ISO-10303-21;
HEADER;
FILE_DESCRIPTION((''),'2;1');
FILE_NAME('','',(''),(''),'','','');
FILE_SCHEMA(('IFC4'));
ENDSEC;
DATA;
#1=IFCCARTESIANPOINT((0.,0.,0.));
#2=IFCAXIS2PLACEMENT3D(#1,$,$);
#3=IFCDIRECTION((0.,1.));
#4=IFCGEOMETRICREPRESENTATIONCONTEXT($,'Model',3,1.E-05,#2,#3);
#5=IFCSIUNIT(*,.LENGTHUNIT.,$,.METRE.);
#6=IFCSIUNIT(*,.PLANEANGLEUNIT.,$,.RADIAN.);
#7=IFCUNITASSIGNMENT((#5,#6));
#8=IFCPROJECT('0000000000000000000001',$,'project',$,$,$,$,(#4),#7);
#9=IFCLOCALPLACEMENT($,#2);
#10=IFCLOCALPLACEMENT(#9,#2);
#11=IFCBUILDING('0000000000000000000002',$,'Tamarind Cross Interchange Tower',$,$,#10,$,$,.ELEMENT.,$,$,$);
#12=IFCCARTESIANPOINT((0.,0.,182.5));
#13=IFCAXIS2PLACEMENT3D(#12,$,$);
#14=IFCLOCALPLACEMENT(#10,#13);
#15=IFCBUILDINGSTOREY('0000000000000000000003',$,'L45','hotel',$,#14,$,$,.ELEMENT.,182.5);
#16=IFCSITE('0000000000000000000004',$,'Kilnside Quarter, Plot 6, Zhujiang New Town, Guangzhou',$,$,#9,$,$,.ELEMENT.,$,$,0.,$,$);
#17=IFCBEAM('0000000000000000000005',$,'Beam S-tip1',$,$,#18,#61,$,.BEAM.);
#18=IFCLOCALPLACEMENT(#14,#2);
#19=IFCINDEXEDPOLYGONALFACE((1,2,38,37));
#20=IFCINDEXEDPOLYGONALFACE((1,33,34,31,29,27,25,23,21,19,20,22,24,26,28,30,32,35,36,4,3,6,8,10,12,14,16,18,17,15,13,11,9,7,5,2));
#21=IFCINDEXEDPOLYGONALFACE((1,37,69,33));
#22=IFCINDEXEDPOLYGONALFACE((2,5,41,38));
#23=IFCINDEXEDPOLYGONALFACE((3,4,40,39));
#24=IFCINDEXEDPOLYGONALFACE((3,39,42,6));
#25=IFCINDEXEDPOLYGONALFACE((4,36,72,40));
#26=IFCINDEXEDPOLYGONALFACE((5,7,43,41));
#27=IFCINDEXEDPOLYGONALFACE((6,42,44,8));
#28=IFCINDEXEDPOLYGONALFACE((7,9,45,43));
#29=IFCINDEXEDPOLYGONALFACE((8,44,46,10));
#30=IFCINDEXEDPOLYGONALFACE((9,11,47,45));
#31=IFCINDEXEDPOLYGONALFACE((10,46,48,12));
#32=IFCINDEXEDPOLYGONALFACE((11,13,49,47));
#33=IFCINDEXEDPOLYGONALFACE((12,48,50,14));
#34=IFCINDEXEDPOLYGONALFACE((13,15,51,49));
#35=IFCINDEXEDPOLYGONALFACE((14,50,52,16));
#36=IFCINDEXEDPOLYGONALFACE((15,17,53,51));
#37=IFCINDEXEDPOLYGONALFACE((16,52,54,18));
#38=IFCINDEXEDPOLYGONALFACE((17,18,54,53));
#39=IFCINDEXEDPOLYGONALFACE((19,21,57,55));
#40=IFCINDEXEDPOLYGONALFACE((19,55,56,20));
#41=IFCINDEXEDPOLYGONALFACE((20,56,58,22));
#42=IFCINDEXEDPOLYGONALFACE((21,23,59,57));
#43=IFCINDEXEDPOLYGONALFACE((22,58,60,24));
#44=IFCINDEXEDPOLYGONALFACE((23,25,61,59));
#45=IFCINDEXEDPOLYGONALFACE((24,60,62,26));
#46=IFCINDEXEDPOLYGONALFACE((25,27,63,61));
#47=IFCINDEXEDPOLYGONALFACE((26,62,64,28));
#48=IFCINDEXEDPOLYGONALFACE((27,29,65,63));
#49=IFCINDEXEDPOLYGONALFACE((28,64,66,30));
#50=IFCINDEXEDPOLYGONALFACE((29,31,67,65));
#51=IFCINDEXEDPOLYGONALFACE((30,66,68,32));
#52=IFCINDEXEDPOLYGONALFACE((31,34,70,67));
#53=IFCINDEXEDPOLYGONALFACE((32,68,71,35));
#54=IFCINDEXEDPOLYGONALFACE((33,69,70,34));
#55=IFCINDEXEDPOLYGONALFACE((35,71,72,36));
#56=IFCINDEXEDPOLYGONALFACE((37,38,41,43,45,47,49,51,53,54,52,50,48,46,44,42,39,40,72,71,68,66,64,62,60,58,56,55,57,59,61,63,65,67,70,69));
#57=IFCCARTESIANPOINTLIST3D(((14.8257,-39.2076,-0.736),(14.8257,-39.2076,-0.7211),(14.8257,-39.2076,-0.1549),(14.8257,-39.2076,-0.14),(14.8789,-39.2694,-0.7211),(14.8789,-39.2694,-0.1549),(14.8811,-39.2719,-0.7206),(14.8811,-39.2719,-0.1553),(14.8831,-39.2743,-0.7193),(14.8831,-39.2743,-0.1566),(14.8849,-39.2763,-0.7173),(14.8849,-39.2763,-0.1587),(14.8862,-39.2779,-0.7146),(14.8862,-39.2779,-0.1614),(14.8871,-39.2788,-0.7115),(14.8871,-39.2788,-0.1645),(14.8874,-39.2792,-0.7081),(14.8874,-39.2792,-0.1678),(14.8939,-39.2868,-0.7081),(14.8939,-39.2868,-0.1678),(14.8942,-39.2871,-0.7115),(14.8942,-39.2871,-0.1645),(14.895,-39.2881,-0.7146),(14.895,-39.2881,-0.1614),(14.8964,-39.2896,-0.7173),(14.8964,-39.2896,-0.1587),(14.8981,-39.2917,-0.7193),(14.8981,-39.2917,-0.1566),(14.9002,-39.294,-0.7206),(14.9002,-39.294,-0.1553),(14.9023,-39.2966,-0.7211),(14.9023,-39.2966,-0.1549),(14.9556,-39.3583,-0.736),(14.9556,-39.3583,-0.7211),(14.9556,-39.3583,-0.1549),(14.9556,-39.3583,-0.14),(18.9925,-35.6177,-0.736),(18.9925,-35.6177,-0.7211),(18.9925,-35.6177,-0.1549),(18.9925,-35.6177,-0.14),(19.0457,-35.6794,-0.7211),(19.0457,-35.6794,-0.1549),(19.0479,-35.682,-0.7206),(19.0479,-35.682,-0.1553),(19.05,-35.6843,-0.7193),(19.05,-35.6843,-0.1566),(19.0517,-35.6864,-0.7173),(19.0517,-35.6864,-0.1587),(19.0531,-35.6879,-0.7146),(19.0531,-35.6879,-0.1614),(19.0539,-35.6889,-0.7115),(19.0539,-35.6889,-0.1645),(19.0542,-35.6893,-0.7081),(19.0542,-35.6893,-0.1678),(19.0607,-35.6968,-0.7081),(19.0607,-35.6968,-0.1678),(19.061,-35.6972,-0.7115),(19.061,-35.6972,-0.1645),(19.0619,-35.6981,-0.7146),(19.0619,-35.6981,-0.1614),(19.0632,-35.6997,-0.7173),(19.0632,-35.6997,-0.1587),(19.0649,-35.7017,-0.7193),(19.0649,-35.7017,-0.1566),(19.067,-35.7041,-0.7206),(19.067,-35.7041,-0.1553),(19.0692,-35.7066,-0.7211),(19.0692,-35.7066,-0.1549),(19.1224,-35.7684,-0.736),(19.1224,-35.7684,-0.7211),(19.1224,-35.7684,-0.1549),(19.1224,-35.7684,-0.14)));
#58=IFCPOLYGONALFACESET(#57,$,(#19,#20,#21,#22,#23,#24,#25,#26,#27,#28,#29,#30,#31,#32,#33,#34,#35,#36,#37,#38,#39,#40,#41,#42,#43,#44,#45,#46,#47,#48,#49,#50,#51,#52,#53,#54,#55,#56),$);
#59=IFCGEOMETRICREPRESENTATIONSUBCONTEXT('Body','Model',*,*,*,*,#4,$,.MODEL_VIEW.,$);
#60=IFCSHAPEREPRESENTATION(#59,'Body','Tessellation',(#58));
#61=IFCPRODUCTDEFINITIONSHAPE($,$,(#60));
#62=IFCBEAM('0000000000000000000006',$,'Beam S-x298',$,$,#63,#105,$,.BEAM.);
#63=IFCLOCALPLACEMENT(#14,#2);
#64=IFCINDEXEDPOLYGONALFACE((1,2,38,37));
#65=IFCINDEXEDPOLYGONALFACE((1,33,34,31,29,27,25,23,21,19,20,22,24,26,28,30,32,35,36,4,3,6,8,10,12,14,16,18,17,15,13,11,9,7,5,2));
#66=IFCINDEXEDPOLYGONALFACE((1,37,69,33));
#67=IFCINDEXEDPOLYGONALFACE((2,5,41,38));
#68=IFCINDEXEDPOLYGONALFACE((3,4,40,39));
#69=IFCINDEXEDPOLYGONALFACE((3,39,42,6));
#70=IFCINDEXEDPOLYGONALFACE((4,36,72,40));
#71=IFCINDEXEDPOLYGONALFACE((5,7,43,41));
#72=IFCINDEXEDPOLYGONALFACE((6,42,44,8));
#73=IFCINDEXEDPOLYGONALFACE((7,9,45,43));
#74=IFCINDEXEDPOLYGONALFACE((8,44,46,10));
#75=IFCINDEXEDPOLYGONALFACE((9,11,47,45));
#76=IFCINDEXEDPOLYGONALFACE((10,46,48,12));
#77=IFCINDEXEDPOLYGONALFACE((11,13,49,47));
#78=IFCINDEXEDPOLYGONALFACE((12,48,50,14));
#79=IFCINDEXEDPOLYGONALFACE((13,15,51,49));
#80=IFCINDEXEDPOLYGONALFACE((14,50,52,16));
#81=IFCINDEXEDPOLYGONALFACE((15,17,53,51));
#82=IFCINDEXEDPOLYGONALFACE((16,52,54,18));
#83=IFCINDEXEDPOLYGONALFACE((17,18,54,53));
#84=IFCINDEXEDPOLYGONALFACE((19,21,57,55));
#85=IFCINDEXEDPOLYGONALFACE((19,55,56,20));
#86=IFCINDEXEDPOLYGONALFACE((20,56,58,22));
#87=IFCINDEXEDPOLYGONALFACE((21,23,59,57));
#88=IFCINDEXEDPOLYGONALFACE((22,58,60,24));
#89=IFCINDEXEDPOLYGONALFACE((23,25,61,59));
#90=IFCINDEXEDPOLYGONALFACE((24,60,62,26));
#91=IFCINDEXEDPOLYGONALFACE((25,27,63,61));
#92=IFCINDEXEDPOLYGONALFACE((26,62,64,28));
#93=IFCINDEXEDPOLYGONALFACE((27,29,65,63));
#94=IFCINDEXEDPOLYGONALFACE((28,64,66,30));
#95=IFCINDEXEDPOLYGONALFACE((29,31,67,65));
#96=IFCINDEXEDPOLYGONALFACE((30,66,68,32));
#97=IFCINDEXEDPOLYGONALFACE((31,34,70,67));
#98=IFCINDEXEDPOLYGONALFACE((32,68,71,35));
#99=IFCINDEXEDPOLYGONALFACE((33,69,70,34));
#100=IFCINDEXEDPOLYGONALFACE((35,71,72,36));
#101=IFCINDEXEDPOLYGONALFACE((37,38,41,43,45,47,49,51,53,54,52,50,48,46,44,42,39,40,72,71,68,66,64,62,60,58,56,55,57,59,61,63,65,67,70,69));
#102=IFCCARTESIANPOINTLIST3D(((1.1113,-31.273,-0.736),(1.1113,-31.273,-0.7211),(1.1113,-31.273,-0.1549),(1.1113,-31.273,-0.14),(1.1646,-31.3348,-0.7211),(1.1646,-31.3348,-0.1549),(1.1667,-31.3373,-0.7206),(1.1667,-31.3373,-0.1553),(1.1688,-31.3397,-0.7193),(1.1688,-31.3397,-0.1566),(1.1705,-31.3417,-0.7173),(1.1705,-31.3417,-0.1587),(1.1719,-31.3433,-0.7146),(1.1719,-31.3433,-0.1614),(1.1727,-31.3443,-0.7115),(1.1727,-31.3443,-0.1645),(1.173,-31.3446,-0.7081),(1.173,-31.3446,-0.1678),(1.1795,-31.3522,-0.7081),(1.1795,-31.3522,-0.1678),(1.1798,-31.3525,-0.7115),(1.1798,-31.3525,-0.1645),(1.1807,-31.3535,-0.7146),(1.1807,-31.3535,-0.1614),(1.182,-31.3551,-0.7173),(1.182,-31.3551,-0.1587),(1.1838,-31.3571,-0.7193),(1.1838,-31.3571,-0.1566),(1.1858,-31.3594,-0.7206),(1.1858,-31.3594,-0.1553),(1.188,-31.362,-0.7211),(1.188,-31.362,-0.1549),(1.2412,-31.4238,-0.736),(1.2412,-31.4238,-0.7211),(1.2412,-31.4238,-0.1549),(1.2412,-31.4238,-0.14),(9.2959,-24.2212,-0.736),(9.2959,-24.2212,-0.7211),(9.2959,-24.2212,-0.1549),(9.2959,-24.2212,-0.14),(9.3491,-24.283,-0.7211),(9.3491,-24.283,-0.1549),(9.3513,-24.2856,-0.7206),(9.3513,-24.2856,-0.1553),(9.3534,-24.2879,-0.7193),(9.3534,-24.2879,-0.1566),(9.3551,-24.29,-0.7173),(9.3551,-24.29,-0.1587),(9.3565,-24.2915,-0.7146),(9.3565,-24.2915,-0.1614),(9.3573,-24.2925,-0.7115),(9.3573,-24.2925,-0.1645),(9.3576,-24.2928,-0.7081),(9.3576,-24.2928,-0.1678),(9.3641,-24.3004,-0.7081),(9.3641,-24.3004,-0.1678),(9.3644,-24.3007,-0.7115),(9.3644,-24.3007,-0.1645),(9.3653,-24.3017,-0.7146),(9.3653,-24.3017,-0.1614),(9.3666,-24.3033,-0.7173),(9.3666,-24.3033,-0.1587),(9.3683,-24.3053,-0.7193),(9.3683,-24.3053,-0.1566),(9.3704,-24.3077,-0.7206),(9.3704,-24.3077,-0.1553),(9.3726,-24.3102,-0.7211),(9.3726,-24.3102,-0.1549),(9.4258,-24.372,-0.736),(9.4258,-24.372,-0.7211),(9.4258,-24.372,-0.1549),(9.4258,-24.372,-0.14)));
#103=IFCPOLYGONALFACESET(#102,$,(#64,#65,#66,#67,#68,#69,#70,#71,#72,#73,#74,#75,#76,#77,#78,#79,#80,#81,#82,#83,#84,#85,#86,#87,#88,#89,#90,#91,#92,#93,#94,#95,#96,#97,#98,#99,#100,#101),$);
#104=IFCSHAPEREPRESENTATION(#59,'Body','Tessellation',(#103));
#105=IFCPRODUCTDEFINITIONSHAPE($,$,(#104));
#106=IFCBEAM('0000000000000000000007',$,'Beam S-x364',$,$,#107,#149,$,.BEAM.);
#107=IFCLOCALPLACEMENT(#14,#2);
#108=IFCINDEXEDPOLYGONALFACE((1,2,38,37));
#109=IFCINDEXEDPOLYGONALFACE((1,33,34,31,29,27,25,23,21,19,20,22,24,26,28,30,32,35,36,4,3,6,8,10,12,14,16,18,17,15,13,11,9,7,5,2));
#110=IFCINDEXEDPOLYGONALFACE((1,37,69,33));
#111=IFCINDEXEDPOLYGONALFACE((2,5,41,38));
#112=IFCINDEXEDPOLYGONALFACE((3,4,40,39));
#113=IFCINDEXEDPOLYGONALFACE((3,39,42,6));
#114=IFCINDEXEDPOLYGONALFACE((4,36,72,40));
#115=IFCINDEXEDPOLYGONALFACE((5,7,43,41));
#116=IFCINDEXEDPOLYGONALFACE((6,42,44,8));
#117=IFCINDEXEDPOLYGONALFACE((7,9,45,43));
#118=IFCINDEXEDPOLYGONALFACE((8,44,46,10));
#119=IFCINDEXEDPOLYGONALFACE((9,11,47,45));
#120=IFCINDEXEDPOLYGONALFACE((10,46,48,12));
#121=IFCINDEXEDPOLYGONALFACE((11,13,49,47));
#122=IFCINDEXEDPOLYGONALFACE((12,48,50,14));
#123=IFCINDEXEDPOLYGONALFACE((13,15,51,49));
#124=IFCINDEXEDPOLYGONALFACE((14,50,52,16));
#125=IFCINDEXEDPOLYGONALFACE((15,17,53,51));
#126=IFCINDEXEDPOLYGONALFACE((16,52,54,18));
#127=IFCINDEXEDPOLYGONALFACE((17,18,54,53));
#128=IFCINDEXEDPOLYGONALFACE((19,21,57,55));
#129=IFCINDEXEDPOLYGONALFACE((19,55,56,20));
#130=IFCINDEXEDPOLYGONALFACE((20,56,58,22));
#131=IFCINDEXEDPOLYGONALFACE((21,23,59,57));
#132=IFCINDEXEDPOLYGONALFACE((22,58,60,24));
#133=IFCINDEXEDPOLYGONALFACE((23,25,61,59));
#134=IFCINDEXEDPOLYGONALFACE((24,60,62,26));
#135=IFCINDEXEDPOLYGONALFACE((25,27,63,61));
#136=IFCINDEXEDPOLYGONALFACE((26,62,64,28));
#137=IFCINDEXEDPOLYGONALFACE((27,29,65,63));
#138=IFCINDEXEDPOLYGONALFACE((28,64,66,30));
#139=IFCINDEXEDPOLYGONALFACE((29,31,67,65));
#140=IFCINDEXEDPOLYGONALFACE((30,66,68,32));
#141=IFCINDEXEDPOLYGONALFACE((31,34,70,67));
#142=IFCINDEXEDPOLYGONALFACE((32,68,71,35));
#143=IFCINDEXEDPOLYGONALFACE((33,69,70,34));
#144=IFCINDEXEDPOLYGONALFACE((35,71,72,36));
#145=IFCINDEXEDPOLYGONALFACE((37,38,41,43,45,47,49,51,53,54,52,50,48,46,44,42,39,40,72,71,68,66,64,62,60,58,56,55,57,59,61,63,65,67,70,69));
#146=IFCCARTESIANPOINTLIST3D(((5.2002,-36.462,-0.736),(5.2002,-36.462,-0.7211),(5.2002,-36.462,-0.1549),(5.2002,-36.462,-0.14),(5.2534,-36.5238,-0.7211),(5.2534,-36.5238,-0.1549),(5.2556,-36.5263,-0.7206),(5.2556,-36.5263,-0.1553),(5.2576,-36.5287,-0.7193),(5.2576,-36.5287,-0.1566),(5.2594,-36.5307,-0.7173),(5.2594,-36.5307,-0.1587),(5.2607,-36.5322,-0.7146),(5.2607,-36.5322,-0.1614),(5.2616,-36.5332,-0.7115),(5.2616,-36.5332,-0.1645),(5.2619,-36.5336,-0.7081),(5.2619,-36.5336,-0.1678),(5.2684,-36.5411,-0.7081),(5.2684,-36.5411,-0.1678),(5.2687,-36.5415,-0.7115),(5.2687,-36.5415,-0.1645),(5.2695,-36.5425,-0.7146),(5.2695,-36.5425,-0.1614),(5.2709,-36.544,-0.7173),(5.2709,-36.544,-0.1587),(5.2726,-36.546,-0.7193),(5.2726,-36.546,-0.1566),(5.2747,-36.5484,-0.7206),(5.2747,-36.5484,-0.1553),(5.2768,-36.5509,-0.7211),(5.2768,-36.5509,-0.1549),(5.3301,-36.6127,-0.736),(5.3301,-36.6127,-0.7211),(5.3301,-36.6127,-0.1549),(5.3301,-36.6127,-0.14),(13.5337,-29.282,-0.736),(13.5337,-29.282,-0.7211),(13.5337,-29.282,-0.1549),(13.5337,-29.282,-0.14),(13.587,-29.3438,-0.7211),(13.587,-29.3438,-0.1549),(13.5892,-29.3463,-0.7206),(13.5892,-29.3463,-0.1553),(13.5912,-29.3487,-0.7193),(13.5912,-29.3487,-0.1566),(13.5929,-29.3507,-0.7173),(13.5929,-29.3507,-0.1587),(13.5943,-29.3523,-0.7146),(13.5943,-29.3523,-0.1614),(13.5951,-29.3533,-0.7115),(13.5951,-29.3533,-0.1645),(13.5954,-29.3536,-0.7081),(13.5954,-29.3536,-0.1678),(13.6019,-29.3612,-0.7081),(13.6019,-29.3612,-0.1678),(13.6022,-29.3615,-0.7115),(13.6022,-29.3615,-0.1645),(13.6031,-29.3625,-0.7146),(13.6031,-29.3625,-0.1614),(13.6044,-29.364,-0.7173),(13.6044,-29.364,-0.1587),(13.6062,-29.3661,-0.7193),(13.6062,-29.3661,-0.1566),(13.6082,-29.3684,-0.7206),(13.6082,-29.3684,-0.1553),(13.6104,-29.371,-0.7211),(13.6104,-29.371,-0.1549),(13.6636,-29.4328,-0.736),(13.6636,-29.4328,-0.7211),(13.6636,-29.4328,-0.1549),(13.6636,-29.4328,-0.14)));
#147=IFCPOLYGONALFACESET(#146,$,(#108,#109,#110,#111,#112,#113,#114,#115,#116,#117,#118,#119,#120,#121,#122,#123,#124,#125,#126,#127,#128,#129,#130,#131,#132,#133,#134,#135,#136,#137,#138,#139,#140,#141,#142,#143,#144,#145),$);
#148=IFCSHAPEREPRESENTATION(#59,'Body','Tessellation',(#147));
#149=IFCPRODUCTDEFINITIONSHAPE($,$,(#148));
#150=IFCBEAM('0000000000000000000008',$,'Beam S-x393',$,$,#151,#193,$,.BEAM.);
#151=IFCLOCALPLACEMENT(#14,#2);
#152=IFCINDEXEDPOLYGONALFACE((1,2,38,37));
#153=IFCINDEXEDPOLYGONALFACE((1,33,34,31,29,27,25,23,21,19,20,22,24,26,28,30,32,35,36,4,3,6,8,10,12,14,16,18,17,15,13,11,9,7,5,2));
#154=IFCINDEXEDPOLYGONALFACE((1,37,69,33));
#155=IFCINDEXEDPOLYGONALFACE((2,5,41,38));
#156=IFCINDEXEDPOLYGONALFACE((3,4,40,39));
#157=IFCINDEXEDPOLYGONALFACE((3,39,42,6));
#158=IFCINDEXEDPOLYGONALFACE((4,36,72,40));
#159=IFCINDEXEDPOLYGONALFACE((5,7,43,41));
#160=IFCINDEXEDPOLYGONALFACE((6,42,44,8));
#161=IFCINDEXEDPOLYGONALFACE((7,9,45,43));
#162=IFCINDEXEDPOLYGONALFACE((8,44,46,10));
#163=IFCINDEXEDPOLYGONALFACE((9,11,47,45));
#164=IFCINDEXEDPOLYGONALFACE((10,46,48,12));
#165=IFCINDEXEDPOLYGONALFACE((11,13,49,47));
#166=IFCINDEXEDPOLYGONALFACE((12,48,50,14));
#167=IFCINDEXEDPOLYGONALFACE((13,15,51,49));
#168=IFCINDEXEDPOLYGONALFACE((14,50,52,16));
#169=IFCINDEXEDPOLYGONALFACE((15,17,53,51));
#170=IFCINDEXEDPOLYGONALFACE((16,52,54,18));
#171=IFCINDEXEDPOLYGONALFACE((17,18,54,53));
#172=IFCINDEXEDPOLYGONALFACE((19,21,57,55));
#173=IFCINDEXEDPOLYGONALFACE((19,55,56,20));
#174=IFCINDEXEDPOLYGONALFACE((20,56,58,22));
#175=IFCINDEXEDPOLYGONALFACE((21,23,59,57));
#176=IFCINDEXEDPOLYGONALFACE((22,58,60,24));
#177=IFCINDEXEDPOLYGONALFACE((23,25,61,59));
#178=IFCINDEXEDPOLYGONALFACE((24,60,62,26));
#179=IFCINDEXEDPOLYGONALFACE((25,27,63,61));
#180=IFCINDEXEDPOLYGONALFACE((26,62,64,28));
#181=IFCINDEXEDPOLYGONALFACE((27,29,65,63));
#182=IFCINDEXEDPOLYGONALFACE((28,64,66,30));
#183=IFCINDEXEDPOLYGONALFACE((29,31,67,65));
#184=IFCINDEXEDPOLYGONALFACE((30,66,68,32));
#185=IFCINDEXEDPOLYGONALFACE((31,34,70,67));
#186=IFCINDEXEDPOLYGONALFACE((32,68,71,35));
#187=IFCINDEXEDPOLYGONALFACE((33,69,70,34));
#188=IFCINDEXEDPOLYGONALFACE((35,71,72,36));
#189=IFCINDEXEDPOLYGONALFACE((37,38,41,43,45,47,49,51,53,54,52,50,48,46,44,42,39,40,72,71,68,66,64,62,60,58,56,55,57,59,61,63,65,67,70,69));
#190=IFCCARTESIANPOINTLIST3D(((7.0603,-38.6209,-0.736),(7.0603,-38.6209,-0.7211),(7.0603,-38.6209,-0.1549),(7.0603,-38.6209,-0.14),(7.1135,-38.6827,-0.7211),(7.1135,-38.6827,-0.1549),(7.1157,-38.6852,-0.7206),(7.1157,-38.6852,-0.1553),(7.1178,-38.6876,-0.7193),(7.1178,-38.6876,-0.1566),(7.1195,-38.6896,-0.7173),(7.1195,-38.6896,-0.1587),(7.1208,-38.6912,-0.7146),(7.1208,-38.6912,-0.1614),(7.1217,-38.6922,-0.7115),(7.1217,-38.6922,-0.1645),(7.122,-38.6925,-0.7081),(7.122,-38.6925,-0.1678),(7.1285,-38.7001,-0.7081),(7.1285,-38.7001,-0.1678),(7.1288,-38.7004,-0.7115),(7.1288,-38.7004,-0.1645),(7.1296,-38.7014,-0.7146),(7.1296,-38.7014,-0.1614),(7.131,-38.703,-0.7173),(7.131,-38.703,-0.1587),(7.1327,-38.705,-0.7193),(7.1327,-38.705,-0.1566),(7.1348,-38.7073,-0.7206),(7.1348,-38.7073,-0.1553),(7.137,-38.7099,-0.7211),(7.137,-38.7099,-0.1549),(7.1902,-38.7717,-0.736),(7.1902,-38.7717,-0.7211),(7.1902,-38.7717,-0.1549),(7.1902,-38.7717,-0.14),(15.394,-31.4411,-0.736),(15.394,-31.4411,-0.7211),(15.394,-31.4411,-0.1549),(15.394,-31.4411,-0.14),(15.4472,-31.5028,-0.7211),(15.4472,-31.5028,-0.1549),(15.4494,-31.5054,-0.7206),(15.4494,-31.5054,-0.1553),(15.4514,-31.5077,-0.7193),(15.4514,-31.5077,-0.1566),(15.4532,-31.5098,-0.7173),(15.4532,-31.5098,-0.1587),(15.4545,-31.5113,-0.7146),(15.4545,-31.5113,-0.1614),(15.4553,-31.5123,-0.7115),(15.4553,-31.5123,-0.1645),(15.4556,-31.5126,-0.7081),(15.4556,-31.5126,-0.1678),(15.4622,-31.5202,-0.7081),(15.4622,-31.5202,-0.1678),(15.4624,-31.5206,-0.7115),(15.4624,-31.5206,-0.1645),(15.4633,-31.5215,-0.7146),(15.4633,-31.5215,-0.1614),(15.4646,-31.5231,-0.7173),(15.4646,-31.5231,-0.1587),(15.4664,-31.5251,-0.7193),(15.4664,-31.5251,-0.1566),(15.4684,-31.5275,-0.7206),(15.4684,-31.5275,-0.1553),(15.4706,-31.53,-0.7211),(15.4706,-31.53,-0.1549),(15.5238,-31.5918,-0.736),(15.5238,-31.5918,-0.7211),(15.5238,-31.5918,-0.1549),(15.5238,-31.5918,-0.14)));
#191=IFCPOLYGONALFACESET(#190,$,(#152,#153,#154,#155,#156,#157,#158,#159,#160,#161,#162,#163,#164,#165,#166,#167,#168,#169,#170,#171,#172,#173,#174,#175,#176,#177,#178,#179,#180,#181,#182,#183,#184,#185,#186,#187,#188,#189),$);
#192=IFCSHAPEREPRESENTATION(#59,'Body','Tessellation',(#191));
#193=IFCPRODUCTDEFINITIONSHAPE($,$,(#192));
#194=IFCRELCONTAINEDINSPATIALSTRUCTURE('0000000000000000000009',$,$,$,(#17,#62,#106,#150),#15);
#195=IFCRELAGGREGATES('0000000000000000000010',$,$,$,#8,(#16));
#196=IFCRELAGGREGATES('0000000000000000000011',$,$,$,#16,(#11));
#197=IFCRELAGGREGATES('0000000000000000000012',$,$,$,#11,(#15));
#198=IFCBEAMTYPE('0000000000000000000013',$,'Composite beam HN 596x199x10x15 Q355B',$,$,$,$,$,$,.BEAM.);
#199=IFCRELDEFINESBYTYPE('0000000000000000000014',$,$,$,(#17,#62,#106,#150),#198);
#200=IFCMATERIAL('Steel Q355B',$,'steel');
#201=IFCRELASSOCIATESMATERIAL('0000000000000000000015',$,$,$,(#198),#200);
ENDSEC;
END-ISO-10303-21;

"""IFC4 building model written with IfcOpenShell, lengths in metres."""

from ifc_helpers import new_model, si_unit, direction, frame, origin, origin_2d, place, context, subcontext, project, spatial, i_section, extrude, material, material_profile, profile_set, type_object, element, save


model = new_model("IFC4")

# Units and contexts
model_context = context("Model", 3, precision=1e-05, world=origin(), true_north=direction((0.0, 1.0)))
body_context = subcontext(model_context, "Body", "Model", "MODEL_VIEW")
ifc_project = project(units=[si_unit("LENGTHUNIT", "METRE"), si_unit("PLANEANGLEUNIT", "RADIAN")], contexts=[model_context])

# Site, building, storey
site_placement = place(None, origin())
site = spatial("IfcSite", under=ifc_project, at=site_placement, Name="Kilnside Quarter, Plot 6, Zhujiang New Town, Guangzhou", CompositionType="ELEMENT", RefElevation=0.0)
building_placement = place(site_placement, origin())
building = spatial("IfcBuilding", under=site, at=building_placement, Name="Tamarind Cross Interchange Tower", CompositionType="ELEMENT")
storey_placement = place(building_placement, frame((0.0, 0.0, 182.5)))
storey = spatial("IfcBuildingStorey", under=building, at=storey_placement, Name="L45", Description="hotel", CompositionType="ELEMENT", Elevation=182.5)

# Beams
ifc_material_1 = material(Name="Steel Q355B", Category="steel")
ifc_material_profile_1 = material_profile(ifc_material_1, i_section(OverallWidth=0.199, OverallDepth=0.5959, WebThickness=0.01, FlangeThickness=0.0149, FilletRadius=0.0129, at=origin_2d()), Name="HN 596x199x10x15")
ifc_profile_set_1 = profile_set([ifc_material_profile_1], Name="Steel Q355B")
beam_type_1 = type_object("IfcBeamType", Name="Composite beam HN 596x199x10x15 Q355B", PredefinedType="BEAM", material=ifc_profile_set_1)
for number, where, z_axis, x_axis, name in (
    (1, (14.8906, -39.283, -0.438), (0.757606, 0.652712, 0.0), (-0.652712, 0.757606, 0.0), "Beam S-tip1"),
):
    element("IfcBeam", number, at=place(storey_placement, frame(where, z_axis=z_axis, x_axis=x_axis)), inside=storey, type_object=beam_type_1, Name=name, PredefinedType="BEAM", context=body_context, shape_type="SweptSolid", body=[
        extrude(i_section(OverallWidth=0.199, OverallDepth=0.5959, WebThickness=0.01, FlangeThickness=0.0149, FilletRadius=0.0129, at=origin_2d()), origin(), (0.0, 0.0, 1.0), 5.5),
    ])
beam_1_placement = place(storey_placement, frame((1.1763, -31.3484, -0.438), z_axis=(0.757589, 0.652732, 0.0), x_axis=(-0.652732, 0.757589, 0.0)))
element("IfcBeam", 2, at=beam_1_placement, inside=storey, type_object=beam_type_1, Name="Beam S-x298", PredefinedType="BEAM", context=body_context, shape_type="SweptSolid", body=[
    extrude(i_section(OverallWidth=0.199, OverallDepth=0.5959, WebThickness=0.01, FlangeThickness=0.0149, FilletRadius=0.0129, at=origin_2d()), origin(), (0.0, 0.0, 1.0), 10.8035),
])
for number, where, z_axis, x_axis, name in (
    (3, (5.2651, -36.5374, -0.438), (0.757595, 0.652725, 0.0), (-0.652725, 0.757595, 0.0), "Beam S-x364"),
    (4, (7.1252, -38.6963, -0.438), (0.757604, 0.652714, 0.0), (-0.652714, 0.757604, 0.0), "Beam S-x393"),
):
    element("IfcBeam", number, at=place(storey_placement, frame(where, z_axis=z_axis, x_axis=x_axis)), inside=storey, type_object=beam_type_1, Name=name, PredefinedType="BEAM", context=body_context, shape_type="SweptSolid", body=[
        extrude(i_section(OverallWidth=0.199, OverallDepth=0.5959, WebThickness=0.01, FlangeThickness=0.0149, FilletRadius=0.0129, at=origin_2d()), origin(), (0.0, 0.0, 1.0), 11.0),
    ])

save(model, "model.ifc")
